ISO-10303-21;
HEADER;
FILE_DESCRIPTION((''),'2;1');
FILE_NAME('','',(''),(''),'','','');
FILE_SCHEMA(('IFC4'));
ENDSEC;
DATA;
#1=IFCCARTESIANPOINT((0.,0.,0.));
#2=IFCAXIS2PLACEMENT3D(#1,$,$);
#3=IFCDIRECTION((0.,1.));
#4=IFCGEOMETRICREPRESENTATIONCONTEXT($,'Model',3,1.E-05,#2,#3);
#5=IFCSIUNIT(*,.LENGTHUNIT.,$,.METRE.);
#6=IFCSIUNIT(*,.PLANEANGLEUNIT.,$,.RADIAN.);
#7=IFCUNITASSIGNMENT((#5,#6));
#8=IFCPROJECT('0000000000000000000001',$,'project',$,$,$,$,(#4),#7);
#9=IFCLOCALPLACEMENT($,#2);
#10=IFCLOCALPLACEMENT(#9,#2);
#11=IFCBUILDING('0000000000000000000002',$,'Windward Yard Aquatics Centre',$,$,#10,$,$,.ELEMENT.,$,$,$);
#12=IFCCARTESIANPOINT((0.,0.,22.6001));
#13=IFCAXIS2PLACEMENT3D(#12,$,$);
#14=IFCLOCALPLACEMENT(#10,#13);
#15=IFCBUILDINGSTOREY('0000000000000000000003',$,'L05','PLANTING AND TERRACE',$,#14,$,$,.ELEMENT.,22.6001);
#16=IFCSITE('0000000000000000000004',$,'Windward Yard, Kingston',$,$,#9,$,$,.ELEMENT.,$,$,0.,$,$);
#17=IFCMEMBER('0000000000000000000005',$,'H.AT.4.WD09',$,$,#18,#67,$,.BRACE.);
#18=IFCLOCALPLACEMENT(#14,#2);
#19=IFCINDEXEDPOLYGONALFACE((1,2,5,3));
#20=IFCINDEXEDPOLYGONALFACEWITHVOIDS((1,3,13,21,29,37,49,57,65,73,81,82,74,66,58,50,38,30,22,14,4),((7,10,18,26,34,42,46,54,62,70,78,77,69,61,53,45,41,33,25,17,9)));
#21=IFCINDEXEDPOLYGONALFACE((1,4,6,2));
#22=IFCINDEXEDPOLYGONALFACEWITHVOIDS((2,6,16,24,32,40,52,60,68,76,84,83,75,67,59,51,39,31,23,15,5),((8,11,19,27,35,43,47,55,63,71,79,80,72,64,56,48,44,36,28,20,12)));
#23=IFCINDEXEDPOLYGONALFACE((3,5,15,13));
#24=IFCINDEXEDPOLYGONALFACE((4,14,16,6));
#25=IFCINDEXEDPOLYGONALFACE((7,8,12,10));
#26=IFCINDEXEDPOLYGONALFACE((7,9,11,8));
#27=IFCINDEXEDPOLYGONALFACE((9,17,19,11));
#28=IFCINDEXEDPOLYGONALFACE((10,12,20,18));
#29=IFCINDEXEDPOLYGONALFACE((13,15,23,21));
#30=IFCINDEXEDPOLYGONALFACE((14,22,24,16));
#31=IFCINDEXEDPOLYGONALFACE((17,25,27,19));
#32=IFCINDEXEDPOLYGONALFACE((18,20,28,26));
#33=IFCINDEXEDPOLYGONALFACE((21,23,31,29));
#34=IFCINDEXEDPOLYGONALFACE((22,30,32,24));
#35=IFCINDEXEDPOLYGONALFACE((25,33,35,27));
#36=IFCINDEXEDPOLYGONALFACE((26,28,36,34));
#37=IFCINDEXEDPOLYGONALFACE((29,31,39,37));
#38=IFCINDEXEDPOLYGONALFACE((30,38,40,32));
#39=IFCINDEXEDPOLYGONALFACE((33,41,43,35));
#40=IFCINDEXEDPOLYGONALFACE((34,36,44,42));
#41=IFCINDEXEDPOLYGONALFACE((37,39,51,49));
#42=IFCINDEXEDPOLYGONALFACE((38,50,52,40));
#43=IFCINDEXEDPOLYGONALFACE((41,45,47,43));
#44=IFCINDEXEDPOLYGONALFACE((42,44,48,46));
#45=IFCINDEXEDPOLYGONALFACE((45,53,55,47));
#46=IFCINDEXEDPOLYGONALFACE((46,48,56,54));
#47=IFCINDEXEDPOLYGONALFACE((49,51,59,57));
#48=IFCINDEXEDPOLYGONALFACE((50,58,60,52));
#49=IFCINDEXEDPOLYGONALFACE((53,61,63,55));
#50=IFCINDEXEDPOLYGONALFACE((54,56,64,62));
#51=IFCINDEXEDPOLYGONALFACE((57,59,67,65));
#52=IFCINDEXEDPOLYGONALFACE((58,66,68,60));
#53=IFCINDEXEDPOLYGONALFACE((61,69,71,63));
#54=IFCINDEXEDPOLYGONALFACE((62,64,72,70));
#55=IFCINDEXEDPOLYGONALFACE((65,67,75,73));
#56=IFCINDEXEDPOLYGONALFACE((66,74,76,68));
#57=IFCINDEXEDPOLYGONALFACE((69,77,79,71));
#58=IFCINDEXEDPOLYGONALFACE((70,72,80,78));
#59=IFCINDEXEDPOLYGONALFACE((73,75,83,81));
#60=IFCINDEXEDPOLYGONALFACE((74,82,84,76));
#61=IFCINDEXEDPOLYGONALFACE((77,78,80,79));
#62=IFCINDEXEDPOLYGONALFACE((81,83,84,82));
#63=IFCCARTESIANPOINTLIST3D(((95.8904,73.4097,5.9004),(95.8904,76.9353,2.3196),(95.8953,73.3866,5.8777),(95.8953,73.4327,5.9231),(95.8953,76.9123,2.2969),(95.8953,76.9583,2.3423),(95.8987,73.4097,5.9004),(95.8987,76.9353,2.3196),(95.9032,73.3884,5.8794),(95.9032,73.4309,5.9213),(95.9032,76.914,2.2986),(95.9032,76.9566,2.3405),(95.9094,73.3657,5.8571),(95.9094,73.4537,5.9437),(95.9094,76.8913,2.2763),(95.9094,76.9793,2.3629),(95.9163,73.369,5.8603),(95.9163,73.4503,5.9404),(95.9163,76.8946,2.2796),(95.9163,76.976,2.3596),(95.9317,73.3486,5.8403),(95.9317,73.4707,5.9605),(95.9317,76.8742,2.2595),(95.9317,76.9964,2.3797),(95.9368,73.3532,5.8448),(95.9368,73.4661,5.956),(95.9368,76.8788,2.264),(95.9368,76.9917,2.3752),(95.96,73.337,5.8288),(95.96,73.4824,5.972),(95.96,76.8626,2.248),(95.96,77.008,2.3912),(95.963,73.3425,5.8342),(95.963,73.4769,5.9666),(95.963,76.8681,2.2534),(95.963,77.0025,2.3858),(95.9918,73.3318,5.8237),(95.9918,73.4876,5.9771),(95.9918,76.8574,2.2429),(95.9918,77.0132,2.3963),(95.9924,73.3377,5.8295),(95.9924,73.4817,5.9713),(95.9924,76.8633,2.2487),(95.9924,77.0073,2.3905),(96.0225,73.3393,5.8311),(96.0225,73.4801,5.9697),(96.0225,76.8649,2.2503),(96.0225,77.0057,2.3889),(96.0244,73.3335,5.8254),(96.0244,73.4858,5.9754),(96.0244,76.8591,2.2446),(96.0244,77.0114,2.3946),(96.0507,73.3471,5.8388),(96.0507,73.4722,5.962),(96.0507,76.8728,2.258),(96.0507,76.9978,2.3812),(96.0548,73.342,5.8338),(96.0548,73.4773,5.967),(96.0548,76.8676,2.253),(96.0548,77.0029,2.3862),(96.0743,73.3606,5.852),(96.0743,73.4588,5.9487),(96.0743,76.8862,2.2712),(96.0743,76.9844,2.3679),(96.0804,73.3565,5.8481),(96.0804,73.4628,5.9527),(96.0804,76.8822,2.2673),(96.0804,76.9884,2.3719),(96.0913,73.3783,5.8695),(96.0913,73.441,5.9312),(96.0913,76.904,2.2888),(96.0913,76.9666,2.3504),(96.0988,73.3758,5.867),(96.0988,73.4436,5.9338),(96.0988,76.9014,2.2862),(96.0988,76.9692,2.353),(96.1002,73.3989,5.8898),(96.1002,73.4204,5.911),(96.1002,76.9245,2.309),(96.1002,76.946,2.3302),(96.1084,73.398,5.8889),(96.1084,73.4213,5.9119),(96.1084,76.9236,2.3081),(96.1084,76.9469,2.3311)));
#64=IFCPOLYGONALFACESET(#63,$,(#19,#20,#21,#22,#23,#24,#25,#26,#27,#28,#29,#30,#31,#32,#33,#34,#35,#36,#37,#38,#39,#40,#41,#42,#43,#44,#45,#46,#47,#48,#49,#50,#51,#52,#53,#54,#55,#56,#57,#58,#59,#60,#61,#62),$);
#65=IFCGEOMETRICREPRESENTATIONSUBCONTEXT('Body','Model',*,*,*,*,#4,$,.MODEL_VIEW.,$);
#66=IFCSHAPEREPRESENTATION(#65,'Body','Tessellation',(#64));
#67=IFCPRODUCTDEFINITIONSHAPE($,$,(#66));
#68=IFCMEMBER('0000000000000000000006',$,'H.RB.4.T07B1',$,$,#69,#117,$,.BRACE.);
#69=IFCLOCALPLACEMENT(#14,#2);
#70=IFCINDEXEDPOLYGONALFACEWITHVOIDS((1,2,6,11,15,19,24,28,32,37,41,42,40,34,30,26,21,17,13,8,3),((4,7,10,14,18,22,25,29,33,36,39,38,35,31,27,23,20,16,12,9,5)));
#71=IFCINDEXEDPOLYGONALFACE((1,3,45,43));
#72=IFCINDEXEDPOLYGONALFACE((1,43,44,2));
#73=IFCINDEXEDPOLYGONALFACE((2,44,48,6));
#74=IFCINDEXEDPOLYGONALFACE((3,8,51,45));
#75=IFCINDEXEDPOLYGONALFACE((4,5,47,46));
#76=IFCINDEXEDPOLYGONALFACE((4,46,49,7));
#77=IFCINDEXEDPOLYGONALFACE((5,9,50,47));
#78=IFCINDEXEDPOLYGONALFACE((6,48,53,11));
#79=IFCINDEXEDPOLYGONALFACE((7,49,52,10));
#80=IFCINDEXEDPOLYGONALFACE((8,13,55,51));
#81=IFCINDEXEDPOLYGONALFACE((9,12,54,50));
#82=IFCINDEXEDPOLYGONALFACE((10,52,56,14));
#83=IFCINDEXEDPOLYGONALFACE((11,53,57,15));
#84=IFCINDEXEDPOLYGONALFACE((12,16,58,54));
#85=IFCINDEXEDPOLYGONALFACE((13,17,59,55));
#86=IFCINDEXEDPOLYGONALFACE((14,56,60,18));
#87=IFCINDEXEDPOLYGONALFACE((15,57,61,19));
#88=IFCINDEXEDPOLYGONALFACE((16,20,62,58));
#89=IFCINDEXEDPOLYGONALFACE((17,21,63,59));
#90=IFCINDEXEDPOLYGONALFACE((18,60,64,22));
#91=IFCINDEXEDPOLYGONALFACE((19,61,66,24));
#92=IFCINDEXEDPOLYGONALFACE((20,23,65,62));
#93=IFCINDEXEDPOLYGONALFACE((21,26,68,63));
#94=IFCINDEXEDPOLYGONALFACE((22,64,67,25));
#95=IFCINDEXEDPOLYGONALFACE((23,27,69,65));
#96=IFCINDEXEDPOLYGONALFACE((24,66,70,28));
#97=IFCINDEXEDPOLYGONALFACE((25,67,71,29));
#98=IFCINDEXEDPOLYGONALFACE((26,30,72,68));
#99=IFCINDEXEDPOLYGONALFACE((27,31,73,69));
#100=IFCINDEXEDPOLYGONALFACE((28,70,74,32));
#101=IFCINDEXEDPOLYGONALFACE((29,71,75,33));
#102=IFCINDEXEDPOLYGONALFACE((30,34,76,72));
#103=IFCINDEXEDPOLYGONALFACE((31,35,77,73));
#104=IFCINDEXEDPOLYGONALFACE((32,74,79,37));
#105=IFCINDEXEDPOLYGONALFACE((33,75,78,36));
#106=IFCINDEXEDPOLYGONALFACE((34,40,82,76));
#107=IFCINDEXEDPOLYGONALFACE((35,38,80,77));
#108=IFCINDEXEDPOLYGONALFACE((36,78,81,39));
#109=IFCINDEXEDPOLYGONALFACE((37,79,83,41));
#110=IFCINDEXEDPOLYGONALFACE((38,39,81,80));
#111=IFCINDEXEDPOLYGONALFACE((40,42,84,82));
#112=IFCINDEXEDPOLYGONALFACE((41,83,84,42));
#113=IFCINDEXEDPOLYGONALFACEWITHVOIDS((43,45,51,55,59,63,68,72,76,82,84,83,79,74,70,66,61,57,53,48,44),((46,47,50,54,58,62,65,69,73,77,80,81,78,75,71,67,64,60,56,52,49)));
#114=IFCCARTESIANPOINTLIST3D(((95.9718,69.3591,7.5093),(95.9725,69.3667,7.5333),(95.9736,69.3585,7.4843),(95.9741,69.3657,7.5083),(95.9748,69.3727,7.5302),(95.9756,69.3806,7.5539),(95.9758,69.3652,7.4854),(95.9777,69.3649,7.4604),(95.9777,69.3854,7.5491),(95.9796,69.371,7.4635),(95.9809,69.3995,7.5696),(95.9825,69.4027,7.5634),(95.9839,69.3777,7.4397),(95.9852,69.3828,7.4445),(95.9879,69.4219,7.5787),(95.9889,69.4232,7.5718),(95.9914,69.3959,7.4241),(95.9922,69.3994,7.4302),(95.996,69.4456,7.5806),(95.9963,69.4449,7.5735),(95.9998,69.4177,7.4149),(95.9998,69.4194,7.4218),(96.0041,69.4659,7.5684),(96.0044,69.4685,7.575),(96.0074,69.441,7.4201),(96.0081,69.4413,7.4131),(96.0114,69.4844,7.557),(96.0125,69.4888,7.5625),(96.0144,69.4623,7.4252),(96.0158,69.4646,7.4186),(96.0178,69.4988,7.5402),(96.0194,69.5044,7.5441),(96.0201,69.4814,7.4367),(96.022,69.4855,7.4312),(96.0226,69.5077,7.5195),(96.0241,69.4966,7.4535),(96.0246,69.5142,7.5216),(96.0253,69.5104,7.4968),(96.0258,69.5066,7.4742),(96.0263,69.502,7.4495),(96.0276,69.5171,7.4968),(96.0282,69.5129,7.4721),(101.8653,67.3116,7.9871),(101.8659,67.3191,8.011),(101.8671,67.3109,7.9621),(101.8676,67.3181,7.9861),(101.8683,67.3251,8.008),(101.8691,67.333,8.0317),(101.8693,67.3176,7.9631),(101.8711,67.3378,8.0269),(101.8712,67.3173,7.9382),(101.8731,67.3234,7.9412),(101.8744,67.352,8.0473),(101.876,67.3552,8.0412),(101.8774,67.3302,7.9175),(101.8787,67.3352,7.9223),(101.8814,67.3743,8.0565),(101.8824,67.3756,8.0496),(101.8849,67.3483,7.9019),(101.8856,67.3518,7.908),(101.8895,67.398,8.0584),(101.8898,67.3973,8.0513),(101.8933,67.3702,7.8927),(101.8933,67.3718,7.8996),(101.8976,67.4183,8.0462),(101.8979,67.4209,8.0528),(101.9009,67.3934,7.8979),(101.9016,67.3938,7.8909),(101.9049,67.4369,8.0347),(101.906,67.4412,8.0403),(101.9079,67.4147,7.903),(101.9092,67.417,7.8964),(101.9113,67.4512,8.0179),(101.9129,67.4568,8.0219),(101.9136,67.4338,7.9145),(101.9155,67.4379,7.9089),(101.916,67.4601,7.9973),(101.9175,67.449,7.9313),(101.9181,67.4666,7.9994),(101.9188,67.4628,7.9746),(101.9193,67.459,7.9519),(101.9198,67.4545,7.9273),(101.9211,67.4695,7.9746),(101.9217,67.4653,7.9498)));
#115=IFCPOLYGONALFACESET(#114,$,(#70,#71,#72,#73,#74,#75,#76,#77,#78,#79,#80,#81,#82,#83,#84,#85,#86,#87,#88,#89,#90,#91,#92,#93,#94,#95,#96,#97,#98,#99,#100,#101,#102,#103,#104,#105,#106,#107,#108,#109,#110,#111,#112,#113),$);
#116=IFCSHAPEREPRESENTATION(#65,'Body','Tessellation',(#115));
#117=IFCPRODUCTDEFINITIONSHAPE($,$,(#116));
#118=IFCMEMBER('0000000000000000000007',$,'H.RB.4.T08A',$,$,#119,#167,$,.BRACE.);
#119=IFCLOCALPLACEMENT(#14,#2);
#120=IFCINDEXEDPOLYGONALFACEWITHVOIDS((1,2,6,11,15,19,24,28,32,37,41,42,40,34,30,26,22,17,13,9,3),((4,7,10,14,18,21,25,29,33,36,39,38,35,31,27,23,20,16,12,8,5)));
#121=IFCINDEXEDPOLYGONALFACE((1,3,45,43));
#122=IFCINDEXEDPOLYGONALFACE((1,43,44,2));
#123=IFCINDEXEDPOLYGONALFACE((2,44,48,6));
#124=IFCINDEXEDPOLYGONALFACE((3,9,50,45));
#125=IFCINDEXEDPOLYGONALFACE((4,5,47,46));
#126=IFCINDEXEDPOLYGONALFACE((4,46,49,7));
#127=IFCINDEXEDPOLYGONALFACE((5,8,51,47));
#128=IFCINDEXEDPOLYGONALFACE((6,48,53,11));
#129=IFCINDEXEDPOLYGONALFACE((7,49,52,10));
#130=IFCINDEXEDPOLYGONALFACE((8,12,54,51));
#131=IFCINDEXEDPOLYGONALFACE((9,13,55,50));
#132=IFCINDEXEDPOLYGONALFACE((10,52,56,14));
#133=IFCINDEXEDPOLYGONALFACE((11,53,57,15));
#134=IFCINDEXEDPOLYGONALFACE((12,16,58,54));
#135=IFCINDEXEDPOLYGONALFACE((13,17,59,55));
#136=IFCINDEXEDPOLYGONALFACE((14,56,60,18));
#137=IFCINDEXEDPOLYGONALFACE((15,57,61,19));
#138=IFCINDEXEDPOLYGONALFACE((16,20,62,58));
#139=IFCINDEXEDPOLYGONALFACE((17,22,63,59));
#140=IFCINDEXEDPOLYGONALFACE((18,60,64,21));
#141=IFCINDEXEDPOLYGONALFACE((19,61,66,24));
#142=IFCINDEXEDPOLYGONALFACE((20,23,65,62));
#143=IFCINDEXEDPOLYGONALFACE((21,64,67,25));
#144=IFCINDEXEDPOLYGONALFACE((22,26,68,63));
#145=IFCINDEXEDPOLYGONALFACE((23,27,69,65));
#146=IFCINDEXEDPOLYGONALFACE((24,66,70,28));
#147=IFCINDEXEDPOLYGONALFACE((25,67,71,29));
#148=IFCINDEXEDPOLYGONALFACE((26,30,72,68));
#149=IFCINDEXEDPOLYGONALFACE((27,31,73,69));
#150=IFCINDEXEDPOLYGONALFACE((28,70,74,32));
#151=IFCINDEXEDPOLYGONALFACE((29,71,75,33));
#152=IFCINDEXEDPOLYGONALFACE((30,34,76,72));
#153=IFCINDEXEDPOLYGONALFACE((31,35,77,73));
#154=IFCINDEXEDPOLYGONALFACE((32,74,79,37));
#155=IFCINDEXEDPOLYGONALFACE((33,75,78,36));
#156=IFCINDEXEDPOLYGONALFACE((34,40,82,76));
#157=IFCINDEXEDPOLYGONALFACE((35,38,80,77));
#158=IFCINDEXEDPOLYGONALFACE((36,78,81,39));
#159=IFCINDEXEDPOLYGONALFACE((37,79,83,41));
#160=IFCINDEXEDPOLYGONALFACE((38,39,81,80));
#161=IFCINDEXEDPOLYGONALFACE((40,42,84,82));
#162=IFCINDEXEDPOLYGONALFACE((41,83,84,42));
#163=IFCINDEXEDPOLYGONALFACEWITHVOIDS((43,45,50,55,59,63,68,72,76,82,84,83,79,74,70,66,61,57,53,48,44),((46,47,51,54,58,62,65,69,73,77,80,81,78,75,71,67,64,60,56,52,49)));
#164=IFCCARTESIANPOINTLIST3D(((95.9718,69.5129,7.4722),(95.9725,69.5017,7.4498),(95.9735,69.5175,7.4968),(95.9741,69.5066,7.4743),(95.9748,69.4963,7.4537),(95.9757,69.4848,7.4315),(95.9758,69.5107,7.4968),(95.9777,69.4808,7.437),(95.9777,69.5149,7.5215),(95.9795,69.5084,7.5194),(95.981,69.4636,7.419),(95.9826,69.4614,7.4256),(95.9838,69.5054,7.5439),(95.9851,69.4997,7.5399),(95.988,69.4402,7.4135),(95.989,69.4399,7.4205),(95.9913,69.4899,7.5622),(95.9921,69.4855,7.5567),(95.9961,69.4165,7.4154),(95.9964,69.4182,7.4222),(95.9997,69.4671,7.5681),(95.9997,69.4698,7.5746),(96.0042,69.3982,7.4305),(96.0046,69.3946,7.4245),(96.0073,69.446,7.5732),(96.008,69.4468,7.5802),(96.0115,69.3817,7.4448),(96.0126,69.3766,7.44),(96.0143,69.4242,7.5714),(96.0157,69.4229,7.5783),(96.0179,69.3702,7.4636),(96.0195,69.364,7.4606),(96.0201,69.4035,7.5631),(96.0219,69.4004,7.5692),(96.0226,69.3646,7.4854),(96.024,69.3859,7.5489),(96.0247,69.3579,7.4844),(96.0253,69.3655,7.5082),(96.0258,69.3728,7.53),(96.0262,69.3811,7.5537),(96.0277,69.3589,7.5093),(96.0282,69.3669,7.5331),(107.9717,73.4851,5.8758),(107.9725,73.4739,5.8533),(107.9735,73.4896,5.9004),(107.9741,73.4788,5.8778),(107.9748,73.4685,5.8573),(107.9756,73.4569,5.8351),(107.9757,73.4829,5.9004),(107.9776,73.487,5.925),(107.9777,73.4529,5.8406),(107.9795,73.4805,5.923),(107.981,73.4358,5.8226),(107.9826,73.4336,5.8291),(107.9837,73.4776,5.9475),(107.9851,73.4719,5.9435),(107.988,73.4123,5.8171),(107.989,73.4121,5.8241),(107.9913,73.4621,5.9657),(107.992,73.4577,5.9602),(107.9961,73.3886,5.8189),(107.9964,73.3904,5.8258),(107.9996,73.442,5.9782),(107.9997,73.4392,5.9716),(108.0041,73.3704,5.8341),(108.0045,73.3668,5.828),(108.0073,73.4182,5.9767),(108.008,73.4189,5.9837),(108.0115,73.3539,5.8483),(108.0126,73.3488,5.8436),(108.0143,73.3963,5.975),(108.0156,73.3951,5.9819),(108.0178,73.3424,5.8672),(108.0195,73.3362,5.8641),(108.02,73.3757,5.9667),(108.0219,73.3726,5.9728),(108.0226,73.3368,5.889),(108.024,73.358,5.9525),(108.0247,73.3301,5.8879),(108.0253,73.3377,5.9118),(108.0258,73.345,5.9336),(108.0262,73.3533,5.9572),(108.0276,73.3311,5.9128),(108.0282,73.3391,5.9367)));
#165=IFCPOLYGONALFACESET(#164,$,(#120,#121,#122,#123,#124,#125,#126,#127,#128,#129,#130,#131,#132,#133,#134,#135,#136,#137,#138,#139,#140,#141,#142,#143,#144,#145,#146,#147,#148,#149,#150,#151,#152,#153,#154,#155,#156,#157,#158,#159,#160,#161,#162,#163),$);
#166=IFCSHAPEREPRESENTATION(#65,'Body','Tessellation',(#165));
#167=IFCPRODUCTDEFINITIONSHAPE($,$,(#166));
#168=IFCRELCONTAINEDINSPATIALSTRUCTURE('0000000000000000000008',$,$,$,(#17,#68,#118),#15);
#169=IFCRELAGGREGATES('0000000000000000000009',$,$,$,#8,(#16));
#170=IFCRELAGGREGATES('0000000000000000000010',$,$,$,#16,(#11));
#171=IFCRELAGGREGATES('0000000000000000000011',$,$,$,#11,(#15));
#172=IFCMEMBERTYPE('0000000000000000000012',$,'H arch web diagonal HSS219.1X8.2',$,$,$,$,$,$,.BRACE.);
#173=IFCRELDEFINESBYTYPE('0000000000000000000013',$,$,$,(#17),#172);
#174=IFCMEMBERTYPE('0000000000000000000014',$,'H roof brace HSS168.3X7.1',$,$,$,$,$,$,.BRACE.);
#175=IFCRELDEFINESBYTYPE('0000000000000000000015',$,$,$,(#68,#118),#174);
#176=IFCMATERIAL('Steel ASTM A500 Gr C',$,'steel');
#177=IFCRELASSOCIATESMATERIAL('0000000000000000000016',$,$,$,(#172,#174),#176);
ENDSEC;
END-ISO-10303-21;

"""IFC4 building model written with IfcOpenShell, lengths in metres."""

from ifc_helpers import new_model, si_unit, direction, frame, origin, origin_2d, place, context, subcontext, project, spatial, hollow_circle, extrude, material, material_profile, profile_set, type_object, element, save


model = new_model("IFC4")

# Units and contexts
model_context = context("Model", 3, precision=1e-05, world=origin(), true_north=direction((0.0, 1.0)))
body_context = subcontext(model_context, "Body", "Model", "MODEL_VIEW")
ifc_project = project(units=[si_unit("LENGTHUNIT", "METRE"), si_unit("PLANEANGLEUNIT", "RADIAN")], contexts=[model_context])

# Site, building, storey
site_placement = place(None, origin())
site = spatial("IfcSite", under=ifc_project, at=site_placement, Name="Windward Yard, Kingston", CompositionType="ELEMENT", RefElevation=0.0)
building_placement = place(site_placement, origin())
building = spatial("IfcBuilding", under=site, at=building_placement, Name="Windward Yard Aquatics Centre", CompositionType="ELEMENT")
storey_placement = place(building_placement, frame((0.0, 0.0, 22.6001)))
storey = spatial("IfcBuildingStorey", under=building, at=storey_placement, Name="L05", Description="PLANTING AND TERRACE", CompositionType="ELEMENT", Elevation=22.6001)

# Members
ifc_material_1 = material(Name="Steel ASTM A500 Gr C", Category="steel")
ifc_material_profile_1 = material_profile(ifc_material_1, hollow_circle(Radius=0.1096, WallThickness=0.0083, at=origin_2d()), Name="HSS219.1X8.2")
ifc_profile_set_1 = profile_set([ifc_material_profile_1], Name="Steel ASTM A500 Gr C")
member_type_1 = type_object("IfcMemberType", Name="H arch web diagonal HSS219.1X8.2", PredefinedType="BRACE", material=ifc_profile_set_1)
member_1_placement = place(storey_placement, frame((96.0, 73.4097, 5.9004), z_axis=(0.0, 0.701596, -0.712575), x_axis=(-1.0, 0.0, 0.0)))
element("IfcMember", 1, at=member_1_placement, inside=storey, type_object=member_type_1, Name="H.AT.4.WD09", PredefinedType="BRACE", context=body_context, shape_type="SweptSolid", body=[
    extrude(hollow_circle(Radius=0.1096, WallThickness=0.0083, at=origin_2d()), origin(), (0.0, 0.0, 1.0), 5.0251),
])
ifc_material_profile_2 = material_profile(ifc_material_1, hollow_circle(Radius=0.0842, WallThickness=0.0071, at=origin_2d()), Name="HSS168.3X7.1")
ifc_profile_set_2 = profile_set([ifc_material_profile_2], Name="Steel ASTM A500 Gr C")
member_type_2 = type_object("IfcMemberType", Name="H roof brace HSS168.3X7.1", PredefinedType="BRACE", material=ifc_profile_set_2)
member_2_placement = place(storey_placement, frame((96.0, 69.4375, 7.4968), z_axis=(0.941855, -0.32723, 0.076355), x_axis=(0.328188, 0.944612, 0.0)))
element("IfcMember", 2, at=member_2_placement, inside=storey, type_object=member_type_2, Name="H.RB.4.T07B1", PredefinedType="BRACE", context=body_context, shape_type="SweptSolid", body=[
    extrude(hollow_circle(Radius=0.0842, WallThickness=0.0071, at=origin_2d()), origin(), (0.0, 0.0, 1.0), 6.2573),
])
member_3_placement = place(storey_placement, frame((96.0, 69.4375, 7.4968), z_axis=(0.94186, 0.311769, -0.125302), x_axis=(-0.314245, 0.949342, 0.0)))
element("IfcMember", 3, at=member_3_placement, inside=storey, type_object=member_type_2, Name="H.RB.4.T08A", PredefinedType="BRACE", context=body_context, shape_type="SweptSolid", body=[
    extrude(hollow_circle(Radius=0.0842, WallThickness=0.0071, at=origin_2d()), origin(), (0.0, 0.0, 1.0), 12.7407),
])

save(model, "model.ifc")
